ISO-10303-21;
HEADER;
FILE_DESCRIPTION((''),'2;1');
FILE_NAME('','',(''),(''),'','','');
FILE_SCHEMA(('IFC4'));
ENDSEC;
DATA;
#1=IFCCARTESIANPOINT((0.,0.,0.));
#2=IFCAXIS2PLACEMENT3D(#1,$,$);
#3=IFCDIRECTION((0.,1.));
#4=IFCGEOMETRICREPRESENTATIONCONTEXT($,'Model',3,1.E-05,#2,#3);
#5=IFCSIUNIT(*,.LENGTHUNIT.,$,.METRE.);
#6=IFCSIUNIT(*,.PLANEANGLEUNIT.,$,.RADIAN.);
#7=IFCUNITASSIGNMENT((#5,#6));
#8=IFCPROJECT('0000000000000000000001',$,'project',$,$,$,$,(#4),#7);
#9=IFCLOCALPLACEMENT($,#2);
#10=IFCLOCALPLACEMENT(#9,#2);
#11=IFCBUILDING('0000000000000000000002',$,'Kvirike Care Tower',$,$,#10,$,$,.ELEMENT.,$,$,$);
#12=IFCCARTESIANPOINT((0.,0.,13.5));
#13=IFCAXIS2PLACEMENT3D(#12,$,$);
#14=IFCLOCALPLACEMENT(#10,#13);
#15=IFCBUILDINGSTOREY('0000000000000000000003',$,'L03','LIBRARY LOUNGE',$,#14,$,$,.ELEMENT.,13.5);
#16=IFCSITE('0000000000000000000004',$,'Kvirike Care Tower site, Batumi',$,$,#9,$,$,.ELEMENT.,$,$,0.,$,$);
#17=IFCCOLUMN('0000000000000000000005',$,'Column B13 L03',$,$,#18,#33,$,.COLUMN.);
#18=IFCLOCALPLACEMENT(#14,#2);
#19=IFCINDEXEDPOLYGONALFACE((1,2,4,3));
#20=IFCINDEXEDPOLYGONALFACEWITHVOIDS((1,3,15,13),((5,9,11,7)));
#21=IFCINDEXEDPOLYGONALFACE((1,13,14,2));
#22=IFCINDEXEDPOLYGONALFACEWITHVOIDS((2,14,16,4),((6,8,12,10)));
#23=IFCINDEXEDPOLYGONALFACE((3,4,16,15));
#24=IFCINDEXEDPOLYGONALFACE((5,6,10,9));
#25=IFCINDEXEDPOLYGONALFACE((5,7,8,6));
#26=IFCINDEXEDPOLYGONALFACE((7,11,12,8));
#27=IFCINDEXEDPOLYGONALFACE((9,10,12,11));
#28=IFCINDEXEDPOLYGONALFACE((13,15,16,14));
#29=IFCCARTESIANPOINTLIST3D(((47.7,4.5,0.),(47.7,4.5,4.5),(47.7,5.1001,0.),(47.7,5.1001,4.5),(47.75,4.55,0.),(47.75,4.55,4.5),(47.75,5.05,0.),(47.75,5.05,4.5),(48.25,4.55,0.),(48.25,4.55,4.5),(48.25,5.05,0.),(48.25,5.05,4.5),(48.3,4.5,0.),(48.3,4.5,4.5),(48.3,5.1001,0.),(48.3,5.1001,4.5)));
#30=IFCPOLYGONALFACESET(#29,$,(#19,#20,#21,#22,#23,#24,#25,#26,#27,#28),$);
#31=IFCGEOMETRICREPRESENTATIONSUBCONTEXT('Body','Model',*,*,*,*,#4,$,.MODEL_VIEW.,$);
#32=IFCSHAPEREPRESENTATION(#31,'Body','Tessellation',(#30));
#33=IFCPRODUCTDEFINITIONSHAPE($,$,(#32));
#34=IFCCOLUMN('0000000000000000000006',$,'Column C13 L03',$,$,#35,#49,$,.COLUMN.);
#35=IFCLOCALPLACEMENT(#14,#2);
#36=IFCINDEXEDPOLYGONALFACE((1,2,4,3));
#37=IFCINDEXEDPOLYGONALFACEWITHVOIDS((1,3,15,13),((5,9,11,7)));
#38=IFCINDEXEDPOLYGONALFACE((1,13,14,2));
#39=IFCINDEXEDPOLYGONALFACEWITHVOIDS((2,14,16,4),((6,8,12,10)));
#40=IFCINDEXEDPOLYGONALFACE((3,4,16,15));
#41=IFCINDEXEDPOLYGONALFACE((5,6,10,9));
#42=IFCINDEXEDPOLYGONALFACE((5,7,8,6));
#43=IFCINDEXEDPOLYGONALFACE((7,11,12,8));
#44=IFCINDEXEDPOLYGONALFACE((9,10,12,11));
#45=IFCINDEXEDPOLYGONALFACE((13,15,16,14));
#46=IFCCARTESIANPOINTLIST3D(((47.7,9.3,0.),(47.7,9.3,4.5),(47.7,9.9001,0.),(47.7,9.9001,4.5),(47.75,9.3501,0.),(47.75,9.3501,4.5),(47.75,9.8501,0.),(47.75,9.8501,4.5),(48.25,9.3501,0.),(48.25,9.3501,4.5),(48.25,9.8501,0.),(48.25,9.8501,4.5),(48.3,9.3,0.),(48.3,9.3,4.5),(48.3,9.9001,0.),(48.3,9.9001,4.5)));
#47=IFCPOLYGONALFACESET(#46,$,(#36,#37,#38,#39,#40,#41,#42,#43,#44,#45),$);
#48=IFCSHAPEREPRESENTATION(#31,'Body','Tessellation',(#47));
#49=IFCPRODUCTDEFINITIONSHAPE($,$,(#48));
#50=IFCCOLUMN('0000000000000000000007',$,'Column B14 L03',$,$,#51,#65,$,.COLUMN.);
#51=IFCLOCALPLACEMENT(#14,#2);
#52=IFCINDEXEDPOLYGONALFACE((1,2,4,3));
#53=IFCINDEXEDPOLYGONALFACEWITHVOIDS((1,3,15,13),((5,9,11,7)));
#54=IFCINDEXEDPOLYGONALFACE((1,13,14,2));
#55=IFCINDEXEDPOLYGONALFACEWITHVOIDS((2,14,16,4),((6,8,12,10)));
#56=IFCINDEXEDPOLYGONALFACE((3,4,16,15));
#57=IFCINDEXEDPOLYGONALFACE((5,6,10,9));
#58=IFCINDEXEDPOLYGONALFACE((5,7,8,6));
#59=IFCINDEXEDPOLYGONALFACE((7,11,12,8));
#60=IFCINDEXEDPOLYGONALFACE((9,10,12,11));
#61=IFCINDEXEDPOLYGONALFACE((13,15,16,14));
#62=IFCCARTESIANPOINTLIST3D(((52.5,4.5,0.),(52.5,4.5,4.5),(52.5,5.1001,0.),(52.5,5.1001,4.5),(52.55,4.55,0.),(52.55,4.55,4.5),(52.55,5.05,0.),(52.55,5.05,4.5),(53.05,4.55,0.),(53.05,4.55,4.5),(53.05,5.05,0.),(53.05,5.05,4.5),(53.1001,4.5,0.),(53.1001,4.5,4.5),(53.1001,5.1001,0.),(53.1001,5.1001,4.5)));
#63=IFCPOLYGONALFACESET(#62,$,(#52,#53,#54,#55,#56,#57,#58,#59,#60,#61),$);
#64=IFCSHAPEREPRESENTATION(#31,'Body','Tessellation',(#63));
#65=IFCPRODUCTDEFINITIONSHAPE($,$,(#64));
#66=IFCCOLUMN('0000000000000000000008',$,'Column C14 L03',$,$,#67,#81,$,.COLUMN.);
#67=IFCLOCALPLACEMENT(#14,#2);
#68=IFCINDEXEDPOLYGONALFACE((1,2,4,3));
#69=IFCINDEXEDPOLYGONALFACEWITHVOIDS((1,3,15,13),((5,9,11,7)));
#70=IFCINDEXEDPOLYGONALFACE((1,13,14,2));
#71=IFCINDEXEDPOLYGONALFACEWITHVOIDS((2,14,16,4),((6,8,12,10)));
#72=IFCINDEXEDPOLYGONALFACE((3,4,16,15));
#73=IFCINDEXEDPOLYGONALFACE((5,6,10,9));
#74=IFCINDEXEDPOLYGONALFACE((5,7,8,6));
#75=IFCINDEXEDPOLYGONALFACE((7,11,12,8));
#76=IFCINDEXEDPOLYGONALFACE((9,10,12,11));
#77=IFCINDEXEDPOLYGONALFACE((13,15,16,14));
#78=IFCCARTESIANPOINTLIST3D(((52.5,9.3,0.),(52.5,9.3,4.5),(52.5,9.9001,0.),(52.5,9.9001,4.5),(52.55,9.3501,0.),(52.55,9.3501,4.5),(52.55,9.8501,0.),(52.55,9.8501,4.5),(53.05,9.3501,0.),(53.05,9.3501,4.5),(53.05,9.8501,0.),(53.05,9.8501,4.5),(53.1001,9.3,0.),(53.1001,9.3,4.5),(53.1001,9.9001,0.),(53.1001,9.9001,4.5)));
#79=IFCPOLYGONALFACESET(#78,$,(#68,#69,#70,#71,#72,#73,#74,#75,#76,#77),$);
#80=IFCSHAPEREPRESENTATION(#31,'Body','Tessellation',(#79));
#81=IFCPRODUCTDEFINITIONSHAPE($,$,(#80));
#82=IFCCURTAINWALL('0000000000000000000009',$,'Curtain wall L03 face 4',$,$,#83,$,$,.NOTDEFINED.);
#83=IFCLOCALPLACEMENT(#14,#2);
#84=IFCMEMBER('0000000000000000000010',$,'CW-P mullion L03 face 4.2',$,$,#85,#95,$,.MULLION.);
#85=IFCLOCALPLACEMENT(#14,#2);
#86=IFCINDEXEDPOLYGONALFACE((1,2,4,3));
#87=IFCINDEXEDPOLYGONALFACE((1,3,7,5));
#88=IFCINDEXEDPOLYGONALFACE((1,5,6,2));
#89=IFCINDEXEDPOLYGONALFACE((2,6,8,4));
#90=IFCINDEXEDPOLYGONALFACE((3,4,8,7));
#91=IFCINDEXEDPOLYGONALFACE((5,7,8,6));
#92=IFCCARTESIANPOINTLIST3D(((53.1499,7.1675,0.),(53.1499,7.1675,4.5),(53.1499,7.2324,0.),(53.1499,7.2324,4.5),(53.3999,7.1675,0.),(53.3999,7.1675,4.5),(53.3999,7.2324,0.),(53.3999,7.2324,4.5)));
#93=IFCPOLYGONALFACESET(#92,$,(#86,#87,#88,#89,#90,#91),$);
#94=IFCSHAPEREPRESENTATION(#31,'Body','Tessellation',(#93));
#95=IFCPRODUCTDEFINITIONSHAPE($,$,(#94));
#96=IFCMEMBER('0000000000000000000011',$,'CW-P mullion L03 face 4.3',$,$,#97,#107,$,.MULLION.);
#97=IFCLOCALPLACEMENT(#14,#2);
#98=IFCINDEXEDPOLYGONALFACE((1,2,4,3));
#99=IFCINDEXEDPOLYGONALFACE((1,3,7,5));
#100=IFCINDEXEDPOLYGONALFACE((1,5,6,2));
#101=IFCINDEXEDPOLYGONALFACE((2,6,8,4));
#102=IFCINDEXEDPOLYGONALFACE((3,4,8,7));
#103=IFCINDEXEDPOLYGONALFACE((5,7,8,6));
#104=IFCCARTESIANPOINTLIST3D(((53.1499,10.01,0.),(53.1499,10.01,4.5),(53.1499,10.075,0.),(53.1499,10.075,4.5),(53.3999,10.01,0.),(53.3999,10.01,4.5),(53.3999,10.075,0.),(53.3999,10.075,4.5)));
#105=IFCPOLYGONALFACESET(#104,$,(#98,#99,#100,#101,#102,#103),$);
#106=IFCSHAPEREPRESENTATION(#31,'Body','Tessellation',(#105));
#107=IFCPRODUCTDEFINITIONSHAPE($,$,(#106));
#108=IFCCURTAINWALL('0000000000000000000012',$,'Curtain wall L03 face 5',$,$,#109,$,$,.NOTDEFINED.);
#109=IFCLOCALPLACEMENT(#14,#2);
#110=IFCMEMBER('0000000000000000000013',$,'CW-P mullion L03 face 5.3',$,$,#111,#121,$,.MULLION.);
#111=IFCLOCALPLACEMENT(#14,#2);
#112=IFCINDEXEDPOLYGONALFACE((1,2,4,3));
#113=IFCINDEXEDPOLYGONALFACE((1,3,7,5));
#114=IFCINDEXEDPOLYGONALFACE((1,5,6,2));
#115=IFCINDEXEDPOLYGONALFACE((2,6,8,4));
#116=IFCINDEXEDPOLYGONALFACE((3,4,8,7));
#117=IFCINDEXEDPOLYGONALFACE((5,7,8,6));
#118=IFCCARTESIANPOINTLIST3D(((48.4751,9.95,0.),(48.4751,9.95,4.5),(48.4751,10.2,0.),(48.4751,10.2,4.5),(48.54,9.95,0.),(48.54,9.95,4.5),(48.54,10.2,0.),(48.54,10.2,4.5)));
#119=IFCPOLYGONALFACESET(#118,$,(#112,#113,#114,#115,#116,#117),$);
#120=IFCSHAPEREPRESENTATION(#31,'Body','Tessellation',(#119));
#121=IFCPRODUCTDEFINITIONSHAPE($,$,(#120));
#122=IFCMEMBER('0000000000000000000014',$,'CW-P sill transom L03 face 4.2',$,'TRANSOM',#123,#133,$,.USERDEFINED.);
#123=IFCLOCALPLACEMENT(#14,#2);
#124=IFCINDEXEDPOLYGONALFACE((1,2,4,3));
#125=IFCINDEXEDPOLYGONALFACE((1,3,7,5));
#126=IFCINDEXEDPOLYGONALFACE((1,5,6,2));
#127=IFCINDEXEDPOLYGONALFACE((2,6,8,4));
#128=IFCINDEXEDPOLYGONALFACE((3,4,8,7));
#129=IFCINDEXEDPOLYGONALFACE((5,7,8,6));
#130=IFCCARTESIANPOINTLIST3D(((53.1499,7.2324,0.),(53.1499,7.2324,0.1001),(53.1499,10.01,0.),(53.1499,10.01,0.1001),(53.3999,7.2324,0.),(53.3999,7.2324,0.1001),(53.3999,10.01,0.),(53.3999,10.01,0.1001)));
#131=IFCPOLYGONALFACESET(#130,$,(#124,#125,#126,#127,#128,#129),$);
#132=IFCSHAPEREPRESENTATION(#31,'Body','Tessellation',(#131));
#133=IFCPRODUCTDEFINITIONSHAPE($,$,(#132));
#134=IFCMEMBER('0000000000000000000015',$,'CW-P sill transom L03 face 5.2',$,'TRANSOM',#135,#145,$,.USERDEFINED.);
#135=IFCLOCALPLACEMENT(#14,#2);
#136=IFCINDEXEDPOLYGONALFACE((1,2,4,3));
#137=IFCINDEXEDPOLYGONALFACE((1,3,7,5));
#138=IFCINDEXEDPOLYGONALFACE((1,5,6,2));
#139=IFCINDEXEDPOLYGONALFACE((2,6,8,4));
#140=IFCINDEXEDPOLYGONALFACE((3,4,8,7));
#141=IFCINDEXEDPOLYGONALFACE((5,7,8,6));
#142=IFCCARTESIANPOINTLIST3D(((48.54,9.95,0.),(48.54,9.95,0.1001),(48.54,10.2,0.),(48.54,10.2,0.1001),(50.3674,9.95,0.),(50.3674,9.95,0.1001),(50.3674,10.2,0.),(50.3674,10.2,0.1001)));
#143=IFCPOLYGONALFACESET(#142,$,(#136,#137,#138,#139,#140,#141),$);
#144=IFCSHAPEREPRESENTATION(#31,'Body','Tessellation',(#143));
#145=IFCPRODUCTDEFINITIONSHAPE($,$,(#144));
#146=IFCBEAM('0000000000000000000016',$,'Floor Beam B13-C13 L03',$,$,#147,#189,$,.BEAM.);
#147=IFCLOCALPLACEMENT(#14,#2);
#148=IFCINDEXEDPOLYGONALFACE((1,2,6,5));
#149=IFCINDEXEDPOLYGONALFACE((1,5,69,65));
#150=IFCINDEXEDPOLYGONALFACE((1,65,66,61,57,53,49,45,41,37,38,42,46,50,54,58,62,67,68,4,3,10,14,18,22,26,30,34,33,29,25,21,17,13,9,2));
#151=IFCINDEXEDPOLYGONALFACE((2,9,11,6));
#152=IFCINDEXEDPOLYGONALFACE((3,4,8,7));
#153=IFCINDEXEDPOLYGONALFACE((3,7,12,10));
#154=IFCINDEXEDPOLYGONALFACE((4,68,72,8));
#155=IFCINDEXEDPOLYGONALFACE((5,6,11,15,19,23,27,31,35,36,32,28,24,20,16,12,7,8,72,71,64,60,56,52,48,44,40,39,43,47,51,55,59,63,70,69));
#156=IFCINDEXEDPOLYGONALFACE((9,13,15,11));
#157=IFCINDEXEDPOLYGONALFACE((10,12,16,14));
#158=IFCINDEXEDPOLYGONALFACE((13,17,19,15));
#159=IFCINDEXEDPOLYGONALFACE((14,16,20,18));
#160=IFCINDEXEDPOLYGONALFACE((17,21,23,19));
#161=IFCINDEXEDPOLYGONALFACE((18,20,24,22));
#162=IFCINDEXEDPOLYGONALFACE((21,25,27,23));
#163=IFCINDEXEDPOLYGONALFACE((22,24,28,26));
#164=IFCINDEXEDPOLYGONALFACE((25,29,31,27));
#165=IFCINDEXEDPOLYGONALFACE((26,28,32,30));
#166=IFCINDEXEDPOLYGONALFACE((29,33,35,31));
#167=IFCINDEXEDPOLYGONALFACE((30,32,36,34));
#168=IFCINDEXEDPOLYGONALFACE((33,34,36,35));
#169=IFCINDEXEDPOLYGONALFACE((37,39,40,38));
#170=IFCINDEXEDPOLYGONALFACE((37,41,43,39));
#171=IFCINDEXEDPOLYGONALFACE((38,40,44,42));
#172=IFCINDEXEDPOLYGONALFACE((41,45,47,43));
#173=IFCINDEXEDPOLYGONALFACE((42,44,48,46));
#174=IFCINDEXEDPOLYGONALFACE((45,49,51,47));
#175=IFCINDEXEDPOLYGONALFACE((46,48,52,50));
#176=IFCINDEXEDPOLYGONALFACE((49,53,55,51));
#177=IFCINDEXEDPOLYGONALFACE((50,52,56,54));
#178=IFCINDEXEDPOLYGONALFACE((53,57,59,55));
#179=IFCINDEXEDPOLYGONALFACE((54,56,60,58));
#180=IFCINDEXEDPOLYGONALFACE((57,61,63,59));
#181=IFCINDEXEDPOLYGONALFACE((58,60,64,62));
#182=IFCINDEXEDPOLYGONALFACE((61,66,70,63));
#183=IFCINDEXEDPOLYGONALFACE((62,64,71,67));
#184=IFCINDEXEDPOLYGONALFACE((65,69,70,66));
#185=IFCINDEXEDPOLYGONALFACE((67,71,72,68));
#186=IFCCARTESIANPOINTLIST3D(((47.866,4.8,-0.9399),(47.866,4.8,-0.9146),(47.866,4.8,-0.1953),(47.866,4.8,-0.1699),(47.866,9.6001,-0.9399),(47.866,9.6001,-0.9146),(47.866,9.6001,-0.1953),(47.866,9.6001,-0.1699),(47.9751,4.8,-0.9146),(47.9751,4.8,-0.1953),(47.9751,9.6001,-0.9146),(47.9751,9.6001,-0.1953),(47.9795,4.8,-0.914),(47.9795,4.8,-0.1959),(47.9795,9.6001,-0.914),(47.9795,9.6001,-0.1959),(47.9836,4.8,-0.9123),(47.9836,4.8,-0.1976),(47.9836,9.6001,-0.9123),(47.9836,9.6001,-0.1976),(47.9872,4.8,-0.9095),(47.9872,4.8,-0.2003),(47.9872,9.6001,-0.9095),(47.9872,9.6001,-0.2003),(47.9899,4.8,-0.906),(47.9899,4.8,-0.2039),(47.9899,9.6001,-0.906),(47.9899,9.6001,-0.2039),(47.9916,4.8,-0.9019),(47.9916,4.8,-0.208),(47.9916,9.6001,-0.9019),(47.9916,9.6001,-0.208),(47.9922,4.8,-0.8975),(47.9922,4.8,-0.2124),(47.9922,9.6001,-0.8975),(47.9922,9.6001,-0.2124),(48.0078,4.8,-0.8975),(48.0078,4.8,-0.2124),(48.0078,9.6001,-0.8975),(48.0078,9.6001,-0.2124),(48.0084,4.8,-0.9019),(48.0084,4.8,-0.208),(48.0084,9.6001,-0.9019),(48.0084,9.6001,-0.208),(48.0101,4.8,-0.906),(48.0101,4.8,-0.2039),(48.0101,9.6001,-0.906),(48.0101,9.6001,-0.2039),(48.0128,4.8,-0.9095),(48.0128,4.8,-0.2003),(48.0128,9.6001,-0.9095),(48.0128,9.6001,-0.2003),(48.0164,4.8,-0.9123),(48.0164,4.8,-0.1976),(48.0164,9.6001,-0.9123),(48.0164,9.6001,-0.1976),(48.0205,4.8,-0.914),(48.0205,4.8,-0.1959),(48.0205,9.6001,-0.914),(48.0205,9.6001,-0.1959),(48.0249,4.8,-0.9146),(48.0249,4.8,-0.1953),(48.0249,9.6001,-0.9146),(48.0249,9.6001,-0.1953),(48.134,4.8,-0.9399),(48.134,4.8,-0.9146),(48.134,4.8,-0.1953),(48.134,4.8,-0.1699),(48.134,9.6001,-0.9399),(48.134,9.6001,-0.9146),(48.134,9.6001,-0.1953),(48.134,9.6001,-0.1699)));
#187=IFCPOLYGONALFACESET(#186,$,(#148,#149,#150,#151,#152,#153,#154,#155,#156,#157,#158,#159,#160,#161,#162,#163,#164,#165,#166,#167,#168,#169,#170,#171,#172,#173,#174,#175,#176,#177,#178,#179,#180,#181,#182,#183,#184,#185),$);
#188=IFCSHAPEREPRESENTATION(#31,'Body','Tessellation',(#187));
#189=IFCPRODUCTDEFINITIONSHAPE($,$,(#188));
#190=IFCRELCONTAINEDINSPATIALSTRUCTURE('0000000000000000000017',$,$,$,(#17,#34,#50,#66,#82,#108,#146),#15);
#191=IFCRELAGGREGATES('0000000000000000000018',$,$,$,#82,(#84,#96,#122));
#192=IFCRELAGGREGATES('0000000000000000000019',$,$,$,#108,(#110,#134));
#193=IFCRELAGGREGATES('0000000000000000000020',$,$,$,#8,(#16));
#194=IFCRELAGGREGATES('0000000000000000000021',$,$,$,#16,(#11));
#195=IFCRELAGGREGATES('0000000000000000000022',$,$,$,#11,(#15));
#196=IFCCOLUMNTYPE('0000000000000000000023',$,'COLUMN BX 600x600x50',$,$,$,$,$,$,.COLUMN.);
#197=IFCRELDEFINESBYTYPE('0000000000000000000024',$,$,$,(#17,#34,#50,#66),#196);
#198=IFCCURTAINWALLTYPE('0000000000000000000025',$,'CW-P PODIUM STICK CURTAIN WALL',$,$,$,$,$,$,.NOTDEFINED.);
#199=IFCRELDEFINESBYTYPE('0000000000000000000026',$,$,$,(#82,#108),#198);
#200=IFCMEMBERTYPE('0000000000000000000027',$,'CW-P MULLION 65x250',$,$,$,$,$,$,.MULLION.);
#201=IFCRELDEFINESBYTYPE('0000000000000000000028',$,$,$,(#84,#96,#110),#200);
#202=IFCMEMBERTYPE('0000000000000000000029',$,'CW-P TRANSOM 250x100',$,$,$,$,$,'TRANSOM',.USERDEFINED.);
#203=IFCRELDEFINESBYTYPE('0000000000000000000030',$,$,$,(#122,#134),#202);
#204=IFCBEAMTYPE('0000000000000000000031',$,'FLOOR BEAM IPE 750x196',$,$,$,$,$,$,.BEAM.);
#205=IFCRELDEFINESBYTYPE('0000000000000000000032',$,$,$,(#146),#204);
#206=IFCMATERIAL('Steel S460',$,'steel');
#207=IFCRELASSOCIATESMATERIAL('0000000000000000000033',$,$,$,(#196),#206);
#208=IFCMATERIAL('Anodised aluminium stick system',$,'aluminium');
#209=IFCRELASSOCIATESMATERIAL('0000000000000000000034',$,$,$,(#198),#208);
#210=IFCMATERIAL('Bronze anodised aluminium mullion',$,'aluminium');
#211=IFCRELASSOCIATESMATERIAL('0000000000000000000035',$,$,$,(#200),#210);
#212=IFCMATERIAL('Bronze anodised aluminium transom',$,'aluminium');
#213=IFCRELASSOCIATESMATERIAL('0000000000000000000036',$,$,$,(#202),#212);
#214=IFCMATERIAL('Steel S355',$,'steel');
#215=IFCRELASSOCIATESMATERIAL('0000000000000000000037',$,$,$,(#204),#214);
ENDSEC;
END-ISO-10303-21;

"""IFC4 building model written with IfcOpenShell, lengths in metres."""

from ifc_helpers import new_model, si_unit, direction, frame, origin, origin_2d, place, context, subcontext, project, spatial, rectangle, hollow_rectangle, i_section, extrude, material, material_profile, profile_set, type_object, element, aggregate, save


model = new_model("IFC4")

# Units and contexts
model_context = context("Model", 3, precision=1e-05, world=origin(), true_north=direction((0.0, 1.0)))
body_context = subcontext(model_context, "Body", "Model", "MODEL_VIEW")
ifc_project = project(units=[si_unit("LENGTHUNIT", "METRE"), si_unit("PLANEANGLEUNIT", "RADIAN")], contexts=[model_context])

# Site, building, storey
site_placement = place(None, origin())
site = spatial("IfcSite", under=ifc_project, at=site_placement, Name="Kvirike Care Tower site, Batumi", CompositionType="ELEMENT", RefElevation=0.0)
building_placement = place(site_placement, origin())
building = spatial("IfcBuilding", under=site, at=building_placement, Name="Kvirike Care Tower", CompositionType="ELEMENT")
storey_placement = place(building_placement, frame((0.0, 0.0, 13.5)))
storey = spatial("IfcBuildingStorey", under=building, at=storey_placement, Name="L03", Description="LIBRARY LOUNGE", CompositionType="ELEMENT", Elevation=13.5)

# Columns
ifc_material_1 = material(Name="Steel S460", Category="steel")
ifc_material_profile_1 = material_profile(ifc_material_1, hollow_rectangle(XDim=0.6001, YDim=0.6001, WallThickness=0.05, at=origin_2d()), Name="BX 600x600x50")
ifc_profile_set_1 = profile_set([ifc_material_profile_1], Name="Steel S460")
column_type = type_object("IfcColumnType", Name="COLUMN BX 600x600x50", PredefinedType="COLUMN", material=ifc_profile_set_1)
for number, where, z_axis, x_axis, name in (
    (1, (48.0, 4.8, 0.0), (0.0, 0.0, 1.0), (0.0, 1.0, 0.0), "Column B13 L03"),
    (2, (48.0, 9.6001, 0.0), (0.0, 0.0, 1.0), (0.0, 1.0, 0.0), "Column C13 L03"),
    (3, (52.8, 4.8, 0.0), (0.0, 0.0, 1.0), (0.0, 1.0, 0.0), "Column B14 L03"),
    (4, (52.8, 9.6001, 0.0), (0.0, 0.0, 1.0), (0.0, 1.0, 0.0), "Column C14 L03"),
):
    element("IfcColumn", number, at=place(storey_placement, frame(where, z_axis=z_axis, x_axis=x_axis)), inside=storey, type_object=column_type, Name=name, PredefinedType="COLUMN", context=body_context, shape_type="SweptSolid", body=[
        extrude(hollow_rectangle(XDim=0.6001, YDim=0.6001, WallThickness=0.05, at=origin_2d()), origin(), (0.0, 0.0, 1.0), 4.5),
    ])

# Curtain wall, members
ifc_material_2 = material(Name="Anodised aluminium stick system", Category="aluminium")
curtain_wall_type = type_object("IfcCurtainWallType", Name="CW-P PODIUM STICK CURTAIN WALL", PredefinedType="NOTDEFINED", material=ifc_material_2)
curtain_wall_1_placement = place(storey_placement, origin())
curtain_wall_1 = element("IfcCurtainWall", 5, at=curtain_wall_1_placement, inside=storey, type_object=curtain_wall_type, Name="Curtain wall L03 face 4", PredefinedType="NOTDEFINED")
ifc_material_3 = material(Name="Bronze anodised aluminium mullion", Category="aluminium")
ifc_material_profile_2 = material_profile(ifc_material_3, rectangle(XDim=0.0649, YDim=0.25, at=origin_2d()), Name="CW-P MULLION 65x250")
ifc_profile_set_2 = profile_set([ifc_material_profile_2], Name="Bronze anodised aluminium mullion")
member_type_1 = type_object("IfcMemberType", Name="CW-P MULLION 65x250", PredefinedType="MULLION", material=ifc_profile_set_2)
member_1_placement = place(storey_placement, frame((53.2749, 7.2, 0.0), z_axis=(0.0, 0.0, 1.0), x_axis=(0.0, 1.0, 0.0)))
member_1 = element("IfcMember", 6, at=member_1_placement, type_object=member_type_1, Name="CW-P mullion L03 face 4.2", PredefinedType="MULLION", context=body_context, shape_type="SweptSolid", body=[
    extrude(rectangle(XDim=0.0649, YDim=0.25, at=origin_2d()), origin(), (0.0, 0.0, 1.0), 4.5),
])
member_2_placement = place(storey_placement, frame((53.2749, 10.0425, 0.0), z_axis=(0.0, 0.0, 1.0), x_axis=(0.0, 1.0, 0.0)))
member_2 = element("IfcMember", 7, at=member_2_placement, type_object=member_type_1, Name="CW-P mullion L03 face 4.3", PredefinedType="MULLION", context=body_context, shape_type="SweptSolid", body=[
    extrude(rectangle(XDim=0.0649, YDim=0.25, at=origin_2d()), origin(), (0.0, 0.0, 1.0), 4.5),
])

# Curtain wall, member
curtain_wall_2_placement = place(storey_placement, origin())
curtain_wall_2 = element("IfcCurtainWall", 8, at=curtain_wall_2_placement, inside=storey, type_object=curtain_wall_type, Name="Curtain wall L03 face 5", PredefinedType="NOTDEFINED")
member_3_placement = place(storey_placement, frame((48.5076, 10.075, 0.0), z_axis=(0.0, 0.0, 1.0), x_axis=(-1.0, 0.0, 0.0)))
member_3 = element("IfcMember", 9, at=member_3_placement, type_object=member_type_1, Name="CW-P mullion L03 face 5.3", PredefinedType="MULLION", context=body_context, shape_type="SweptSolid", body=[
    extrude(rectangle(XDim=0.0649, YDim=0.25, at=origin_2d()), origin(), (0.0, 0.0, 1.0), 4.5),
])

# Members
ifc_material_4 = material(Name="Bronze anodised aluminium transom", Category="aluminium")
ifc_material_profile_3 = material_profile(ifc_material_4, rectangle(XDim=0.25, YDim=0.1001, at=origin_2d()), Name="CW-P TRANSOM 250x100")
ifc_profile_set_3 = profile_set([ifc_material_profile_3], Name="Bronze anodised aluminium transom")
member_type_2 = type_object("IfcMemberType", Name="CW-P TRANSOM 250x100", ElementType="TRANSOM", PredefinedType="USERDEFINED", material=ifc_profile_set_3)
member_4_placement = place(storey_placement, frame((53.2749, 7.2324, 0.05), z_axis=(0.0, 1.0, 0.0), x_axis=(-1.0, 0.0, 0.0)))
member_4 = element("IfcMember", 10, at=member_4_placement, type_object=member_type_2, Name="CW-P sill transom L03 face 4.2", ObjectType="TRANSOM", PredefinedType="USERDEFINED", context=body_context, shape_type="SweptSolid", body=[
    extrude(rectangle(XDim=0.25, YDim=0.1001, at=origin_2d()), origin(), (0.0, 0.0, 1.0), 2.7776),
])
member_5_placement = place(storey_placement, frame((50.3674, 10.075, 0.05), z_axis=(-1.0, 0.0, 0.0), x_axis=(0.0, -1.0, 0.0)))
member_5 = element("IfcMember", 11, at=member_5_placement, type_object=member_type_2, Name="CW-P sill transom L03 face 5.2", ObjectType="TRANSOM", PredefinedType="USERDEFINED", context=body_context, shape_type="SweptSolid", body=[
    extrude(rectangle(XDim=0.25, YDim=0.1001, at=origin_2d()), origin(), (0.0, 0.0, 1.0), 1.8274),
])

# Beam
ifc_material_5 = material(Name="Steel S355", Category="steel")
ifc_material_profile_4 = material_profile(ifc_material_5, i_section(OverallWidth=0.2681, OverallDepth=0.77, WebThickness=0.0156, FlangeThickness=0.0254, FilletRadius=0.0171, at=origin_2d()), Name="IPE 750x196")
ifc_profile_set_4 = profile_set([ifc_material_profile_4], Name="Steel S355")
beam_type_1 = type_object("IfcBeamType", Name="FLOOR BEAM IPE 750x196", PredefinedType="BEAM", material=ifc_profile_set_4)
beam_1_placement = place(storey_placement, frame((48.0, 4.8, -0.5549), z_axis=(0.0, 1.0, 0.0), x_axis=(-1.0, 0.0, 0.0)))
element("IfcBeam", 12, at=beam_1_placement, inside=storey, type_object=beam_type_1, Name="Floor Beam B13-C13 L03", PredefinedType="BEAM", context=body_context, shape_type="SweptSolid", body=[
    extrude(i_section(OverallWidth=0.2681, OverallDepth=0.77, WebThickness=0.0156, FlangeThickness=0.0254, FilletRadius=0.0171, at=origin_2d()), origin(), (0.0, 0.0, 1.0), 4.8),
])

aggregate(curtain_wall_1, [member_1, member_2, member_4])
aggregate(curtain_wall_2, [member_3, member_5])

save(model, "model.ifc")
